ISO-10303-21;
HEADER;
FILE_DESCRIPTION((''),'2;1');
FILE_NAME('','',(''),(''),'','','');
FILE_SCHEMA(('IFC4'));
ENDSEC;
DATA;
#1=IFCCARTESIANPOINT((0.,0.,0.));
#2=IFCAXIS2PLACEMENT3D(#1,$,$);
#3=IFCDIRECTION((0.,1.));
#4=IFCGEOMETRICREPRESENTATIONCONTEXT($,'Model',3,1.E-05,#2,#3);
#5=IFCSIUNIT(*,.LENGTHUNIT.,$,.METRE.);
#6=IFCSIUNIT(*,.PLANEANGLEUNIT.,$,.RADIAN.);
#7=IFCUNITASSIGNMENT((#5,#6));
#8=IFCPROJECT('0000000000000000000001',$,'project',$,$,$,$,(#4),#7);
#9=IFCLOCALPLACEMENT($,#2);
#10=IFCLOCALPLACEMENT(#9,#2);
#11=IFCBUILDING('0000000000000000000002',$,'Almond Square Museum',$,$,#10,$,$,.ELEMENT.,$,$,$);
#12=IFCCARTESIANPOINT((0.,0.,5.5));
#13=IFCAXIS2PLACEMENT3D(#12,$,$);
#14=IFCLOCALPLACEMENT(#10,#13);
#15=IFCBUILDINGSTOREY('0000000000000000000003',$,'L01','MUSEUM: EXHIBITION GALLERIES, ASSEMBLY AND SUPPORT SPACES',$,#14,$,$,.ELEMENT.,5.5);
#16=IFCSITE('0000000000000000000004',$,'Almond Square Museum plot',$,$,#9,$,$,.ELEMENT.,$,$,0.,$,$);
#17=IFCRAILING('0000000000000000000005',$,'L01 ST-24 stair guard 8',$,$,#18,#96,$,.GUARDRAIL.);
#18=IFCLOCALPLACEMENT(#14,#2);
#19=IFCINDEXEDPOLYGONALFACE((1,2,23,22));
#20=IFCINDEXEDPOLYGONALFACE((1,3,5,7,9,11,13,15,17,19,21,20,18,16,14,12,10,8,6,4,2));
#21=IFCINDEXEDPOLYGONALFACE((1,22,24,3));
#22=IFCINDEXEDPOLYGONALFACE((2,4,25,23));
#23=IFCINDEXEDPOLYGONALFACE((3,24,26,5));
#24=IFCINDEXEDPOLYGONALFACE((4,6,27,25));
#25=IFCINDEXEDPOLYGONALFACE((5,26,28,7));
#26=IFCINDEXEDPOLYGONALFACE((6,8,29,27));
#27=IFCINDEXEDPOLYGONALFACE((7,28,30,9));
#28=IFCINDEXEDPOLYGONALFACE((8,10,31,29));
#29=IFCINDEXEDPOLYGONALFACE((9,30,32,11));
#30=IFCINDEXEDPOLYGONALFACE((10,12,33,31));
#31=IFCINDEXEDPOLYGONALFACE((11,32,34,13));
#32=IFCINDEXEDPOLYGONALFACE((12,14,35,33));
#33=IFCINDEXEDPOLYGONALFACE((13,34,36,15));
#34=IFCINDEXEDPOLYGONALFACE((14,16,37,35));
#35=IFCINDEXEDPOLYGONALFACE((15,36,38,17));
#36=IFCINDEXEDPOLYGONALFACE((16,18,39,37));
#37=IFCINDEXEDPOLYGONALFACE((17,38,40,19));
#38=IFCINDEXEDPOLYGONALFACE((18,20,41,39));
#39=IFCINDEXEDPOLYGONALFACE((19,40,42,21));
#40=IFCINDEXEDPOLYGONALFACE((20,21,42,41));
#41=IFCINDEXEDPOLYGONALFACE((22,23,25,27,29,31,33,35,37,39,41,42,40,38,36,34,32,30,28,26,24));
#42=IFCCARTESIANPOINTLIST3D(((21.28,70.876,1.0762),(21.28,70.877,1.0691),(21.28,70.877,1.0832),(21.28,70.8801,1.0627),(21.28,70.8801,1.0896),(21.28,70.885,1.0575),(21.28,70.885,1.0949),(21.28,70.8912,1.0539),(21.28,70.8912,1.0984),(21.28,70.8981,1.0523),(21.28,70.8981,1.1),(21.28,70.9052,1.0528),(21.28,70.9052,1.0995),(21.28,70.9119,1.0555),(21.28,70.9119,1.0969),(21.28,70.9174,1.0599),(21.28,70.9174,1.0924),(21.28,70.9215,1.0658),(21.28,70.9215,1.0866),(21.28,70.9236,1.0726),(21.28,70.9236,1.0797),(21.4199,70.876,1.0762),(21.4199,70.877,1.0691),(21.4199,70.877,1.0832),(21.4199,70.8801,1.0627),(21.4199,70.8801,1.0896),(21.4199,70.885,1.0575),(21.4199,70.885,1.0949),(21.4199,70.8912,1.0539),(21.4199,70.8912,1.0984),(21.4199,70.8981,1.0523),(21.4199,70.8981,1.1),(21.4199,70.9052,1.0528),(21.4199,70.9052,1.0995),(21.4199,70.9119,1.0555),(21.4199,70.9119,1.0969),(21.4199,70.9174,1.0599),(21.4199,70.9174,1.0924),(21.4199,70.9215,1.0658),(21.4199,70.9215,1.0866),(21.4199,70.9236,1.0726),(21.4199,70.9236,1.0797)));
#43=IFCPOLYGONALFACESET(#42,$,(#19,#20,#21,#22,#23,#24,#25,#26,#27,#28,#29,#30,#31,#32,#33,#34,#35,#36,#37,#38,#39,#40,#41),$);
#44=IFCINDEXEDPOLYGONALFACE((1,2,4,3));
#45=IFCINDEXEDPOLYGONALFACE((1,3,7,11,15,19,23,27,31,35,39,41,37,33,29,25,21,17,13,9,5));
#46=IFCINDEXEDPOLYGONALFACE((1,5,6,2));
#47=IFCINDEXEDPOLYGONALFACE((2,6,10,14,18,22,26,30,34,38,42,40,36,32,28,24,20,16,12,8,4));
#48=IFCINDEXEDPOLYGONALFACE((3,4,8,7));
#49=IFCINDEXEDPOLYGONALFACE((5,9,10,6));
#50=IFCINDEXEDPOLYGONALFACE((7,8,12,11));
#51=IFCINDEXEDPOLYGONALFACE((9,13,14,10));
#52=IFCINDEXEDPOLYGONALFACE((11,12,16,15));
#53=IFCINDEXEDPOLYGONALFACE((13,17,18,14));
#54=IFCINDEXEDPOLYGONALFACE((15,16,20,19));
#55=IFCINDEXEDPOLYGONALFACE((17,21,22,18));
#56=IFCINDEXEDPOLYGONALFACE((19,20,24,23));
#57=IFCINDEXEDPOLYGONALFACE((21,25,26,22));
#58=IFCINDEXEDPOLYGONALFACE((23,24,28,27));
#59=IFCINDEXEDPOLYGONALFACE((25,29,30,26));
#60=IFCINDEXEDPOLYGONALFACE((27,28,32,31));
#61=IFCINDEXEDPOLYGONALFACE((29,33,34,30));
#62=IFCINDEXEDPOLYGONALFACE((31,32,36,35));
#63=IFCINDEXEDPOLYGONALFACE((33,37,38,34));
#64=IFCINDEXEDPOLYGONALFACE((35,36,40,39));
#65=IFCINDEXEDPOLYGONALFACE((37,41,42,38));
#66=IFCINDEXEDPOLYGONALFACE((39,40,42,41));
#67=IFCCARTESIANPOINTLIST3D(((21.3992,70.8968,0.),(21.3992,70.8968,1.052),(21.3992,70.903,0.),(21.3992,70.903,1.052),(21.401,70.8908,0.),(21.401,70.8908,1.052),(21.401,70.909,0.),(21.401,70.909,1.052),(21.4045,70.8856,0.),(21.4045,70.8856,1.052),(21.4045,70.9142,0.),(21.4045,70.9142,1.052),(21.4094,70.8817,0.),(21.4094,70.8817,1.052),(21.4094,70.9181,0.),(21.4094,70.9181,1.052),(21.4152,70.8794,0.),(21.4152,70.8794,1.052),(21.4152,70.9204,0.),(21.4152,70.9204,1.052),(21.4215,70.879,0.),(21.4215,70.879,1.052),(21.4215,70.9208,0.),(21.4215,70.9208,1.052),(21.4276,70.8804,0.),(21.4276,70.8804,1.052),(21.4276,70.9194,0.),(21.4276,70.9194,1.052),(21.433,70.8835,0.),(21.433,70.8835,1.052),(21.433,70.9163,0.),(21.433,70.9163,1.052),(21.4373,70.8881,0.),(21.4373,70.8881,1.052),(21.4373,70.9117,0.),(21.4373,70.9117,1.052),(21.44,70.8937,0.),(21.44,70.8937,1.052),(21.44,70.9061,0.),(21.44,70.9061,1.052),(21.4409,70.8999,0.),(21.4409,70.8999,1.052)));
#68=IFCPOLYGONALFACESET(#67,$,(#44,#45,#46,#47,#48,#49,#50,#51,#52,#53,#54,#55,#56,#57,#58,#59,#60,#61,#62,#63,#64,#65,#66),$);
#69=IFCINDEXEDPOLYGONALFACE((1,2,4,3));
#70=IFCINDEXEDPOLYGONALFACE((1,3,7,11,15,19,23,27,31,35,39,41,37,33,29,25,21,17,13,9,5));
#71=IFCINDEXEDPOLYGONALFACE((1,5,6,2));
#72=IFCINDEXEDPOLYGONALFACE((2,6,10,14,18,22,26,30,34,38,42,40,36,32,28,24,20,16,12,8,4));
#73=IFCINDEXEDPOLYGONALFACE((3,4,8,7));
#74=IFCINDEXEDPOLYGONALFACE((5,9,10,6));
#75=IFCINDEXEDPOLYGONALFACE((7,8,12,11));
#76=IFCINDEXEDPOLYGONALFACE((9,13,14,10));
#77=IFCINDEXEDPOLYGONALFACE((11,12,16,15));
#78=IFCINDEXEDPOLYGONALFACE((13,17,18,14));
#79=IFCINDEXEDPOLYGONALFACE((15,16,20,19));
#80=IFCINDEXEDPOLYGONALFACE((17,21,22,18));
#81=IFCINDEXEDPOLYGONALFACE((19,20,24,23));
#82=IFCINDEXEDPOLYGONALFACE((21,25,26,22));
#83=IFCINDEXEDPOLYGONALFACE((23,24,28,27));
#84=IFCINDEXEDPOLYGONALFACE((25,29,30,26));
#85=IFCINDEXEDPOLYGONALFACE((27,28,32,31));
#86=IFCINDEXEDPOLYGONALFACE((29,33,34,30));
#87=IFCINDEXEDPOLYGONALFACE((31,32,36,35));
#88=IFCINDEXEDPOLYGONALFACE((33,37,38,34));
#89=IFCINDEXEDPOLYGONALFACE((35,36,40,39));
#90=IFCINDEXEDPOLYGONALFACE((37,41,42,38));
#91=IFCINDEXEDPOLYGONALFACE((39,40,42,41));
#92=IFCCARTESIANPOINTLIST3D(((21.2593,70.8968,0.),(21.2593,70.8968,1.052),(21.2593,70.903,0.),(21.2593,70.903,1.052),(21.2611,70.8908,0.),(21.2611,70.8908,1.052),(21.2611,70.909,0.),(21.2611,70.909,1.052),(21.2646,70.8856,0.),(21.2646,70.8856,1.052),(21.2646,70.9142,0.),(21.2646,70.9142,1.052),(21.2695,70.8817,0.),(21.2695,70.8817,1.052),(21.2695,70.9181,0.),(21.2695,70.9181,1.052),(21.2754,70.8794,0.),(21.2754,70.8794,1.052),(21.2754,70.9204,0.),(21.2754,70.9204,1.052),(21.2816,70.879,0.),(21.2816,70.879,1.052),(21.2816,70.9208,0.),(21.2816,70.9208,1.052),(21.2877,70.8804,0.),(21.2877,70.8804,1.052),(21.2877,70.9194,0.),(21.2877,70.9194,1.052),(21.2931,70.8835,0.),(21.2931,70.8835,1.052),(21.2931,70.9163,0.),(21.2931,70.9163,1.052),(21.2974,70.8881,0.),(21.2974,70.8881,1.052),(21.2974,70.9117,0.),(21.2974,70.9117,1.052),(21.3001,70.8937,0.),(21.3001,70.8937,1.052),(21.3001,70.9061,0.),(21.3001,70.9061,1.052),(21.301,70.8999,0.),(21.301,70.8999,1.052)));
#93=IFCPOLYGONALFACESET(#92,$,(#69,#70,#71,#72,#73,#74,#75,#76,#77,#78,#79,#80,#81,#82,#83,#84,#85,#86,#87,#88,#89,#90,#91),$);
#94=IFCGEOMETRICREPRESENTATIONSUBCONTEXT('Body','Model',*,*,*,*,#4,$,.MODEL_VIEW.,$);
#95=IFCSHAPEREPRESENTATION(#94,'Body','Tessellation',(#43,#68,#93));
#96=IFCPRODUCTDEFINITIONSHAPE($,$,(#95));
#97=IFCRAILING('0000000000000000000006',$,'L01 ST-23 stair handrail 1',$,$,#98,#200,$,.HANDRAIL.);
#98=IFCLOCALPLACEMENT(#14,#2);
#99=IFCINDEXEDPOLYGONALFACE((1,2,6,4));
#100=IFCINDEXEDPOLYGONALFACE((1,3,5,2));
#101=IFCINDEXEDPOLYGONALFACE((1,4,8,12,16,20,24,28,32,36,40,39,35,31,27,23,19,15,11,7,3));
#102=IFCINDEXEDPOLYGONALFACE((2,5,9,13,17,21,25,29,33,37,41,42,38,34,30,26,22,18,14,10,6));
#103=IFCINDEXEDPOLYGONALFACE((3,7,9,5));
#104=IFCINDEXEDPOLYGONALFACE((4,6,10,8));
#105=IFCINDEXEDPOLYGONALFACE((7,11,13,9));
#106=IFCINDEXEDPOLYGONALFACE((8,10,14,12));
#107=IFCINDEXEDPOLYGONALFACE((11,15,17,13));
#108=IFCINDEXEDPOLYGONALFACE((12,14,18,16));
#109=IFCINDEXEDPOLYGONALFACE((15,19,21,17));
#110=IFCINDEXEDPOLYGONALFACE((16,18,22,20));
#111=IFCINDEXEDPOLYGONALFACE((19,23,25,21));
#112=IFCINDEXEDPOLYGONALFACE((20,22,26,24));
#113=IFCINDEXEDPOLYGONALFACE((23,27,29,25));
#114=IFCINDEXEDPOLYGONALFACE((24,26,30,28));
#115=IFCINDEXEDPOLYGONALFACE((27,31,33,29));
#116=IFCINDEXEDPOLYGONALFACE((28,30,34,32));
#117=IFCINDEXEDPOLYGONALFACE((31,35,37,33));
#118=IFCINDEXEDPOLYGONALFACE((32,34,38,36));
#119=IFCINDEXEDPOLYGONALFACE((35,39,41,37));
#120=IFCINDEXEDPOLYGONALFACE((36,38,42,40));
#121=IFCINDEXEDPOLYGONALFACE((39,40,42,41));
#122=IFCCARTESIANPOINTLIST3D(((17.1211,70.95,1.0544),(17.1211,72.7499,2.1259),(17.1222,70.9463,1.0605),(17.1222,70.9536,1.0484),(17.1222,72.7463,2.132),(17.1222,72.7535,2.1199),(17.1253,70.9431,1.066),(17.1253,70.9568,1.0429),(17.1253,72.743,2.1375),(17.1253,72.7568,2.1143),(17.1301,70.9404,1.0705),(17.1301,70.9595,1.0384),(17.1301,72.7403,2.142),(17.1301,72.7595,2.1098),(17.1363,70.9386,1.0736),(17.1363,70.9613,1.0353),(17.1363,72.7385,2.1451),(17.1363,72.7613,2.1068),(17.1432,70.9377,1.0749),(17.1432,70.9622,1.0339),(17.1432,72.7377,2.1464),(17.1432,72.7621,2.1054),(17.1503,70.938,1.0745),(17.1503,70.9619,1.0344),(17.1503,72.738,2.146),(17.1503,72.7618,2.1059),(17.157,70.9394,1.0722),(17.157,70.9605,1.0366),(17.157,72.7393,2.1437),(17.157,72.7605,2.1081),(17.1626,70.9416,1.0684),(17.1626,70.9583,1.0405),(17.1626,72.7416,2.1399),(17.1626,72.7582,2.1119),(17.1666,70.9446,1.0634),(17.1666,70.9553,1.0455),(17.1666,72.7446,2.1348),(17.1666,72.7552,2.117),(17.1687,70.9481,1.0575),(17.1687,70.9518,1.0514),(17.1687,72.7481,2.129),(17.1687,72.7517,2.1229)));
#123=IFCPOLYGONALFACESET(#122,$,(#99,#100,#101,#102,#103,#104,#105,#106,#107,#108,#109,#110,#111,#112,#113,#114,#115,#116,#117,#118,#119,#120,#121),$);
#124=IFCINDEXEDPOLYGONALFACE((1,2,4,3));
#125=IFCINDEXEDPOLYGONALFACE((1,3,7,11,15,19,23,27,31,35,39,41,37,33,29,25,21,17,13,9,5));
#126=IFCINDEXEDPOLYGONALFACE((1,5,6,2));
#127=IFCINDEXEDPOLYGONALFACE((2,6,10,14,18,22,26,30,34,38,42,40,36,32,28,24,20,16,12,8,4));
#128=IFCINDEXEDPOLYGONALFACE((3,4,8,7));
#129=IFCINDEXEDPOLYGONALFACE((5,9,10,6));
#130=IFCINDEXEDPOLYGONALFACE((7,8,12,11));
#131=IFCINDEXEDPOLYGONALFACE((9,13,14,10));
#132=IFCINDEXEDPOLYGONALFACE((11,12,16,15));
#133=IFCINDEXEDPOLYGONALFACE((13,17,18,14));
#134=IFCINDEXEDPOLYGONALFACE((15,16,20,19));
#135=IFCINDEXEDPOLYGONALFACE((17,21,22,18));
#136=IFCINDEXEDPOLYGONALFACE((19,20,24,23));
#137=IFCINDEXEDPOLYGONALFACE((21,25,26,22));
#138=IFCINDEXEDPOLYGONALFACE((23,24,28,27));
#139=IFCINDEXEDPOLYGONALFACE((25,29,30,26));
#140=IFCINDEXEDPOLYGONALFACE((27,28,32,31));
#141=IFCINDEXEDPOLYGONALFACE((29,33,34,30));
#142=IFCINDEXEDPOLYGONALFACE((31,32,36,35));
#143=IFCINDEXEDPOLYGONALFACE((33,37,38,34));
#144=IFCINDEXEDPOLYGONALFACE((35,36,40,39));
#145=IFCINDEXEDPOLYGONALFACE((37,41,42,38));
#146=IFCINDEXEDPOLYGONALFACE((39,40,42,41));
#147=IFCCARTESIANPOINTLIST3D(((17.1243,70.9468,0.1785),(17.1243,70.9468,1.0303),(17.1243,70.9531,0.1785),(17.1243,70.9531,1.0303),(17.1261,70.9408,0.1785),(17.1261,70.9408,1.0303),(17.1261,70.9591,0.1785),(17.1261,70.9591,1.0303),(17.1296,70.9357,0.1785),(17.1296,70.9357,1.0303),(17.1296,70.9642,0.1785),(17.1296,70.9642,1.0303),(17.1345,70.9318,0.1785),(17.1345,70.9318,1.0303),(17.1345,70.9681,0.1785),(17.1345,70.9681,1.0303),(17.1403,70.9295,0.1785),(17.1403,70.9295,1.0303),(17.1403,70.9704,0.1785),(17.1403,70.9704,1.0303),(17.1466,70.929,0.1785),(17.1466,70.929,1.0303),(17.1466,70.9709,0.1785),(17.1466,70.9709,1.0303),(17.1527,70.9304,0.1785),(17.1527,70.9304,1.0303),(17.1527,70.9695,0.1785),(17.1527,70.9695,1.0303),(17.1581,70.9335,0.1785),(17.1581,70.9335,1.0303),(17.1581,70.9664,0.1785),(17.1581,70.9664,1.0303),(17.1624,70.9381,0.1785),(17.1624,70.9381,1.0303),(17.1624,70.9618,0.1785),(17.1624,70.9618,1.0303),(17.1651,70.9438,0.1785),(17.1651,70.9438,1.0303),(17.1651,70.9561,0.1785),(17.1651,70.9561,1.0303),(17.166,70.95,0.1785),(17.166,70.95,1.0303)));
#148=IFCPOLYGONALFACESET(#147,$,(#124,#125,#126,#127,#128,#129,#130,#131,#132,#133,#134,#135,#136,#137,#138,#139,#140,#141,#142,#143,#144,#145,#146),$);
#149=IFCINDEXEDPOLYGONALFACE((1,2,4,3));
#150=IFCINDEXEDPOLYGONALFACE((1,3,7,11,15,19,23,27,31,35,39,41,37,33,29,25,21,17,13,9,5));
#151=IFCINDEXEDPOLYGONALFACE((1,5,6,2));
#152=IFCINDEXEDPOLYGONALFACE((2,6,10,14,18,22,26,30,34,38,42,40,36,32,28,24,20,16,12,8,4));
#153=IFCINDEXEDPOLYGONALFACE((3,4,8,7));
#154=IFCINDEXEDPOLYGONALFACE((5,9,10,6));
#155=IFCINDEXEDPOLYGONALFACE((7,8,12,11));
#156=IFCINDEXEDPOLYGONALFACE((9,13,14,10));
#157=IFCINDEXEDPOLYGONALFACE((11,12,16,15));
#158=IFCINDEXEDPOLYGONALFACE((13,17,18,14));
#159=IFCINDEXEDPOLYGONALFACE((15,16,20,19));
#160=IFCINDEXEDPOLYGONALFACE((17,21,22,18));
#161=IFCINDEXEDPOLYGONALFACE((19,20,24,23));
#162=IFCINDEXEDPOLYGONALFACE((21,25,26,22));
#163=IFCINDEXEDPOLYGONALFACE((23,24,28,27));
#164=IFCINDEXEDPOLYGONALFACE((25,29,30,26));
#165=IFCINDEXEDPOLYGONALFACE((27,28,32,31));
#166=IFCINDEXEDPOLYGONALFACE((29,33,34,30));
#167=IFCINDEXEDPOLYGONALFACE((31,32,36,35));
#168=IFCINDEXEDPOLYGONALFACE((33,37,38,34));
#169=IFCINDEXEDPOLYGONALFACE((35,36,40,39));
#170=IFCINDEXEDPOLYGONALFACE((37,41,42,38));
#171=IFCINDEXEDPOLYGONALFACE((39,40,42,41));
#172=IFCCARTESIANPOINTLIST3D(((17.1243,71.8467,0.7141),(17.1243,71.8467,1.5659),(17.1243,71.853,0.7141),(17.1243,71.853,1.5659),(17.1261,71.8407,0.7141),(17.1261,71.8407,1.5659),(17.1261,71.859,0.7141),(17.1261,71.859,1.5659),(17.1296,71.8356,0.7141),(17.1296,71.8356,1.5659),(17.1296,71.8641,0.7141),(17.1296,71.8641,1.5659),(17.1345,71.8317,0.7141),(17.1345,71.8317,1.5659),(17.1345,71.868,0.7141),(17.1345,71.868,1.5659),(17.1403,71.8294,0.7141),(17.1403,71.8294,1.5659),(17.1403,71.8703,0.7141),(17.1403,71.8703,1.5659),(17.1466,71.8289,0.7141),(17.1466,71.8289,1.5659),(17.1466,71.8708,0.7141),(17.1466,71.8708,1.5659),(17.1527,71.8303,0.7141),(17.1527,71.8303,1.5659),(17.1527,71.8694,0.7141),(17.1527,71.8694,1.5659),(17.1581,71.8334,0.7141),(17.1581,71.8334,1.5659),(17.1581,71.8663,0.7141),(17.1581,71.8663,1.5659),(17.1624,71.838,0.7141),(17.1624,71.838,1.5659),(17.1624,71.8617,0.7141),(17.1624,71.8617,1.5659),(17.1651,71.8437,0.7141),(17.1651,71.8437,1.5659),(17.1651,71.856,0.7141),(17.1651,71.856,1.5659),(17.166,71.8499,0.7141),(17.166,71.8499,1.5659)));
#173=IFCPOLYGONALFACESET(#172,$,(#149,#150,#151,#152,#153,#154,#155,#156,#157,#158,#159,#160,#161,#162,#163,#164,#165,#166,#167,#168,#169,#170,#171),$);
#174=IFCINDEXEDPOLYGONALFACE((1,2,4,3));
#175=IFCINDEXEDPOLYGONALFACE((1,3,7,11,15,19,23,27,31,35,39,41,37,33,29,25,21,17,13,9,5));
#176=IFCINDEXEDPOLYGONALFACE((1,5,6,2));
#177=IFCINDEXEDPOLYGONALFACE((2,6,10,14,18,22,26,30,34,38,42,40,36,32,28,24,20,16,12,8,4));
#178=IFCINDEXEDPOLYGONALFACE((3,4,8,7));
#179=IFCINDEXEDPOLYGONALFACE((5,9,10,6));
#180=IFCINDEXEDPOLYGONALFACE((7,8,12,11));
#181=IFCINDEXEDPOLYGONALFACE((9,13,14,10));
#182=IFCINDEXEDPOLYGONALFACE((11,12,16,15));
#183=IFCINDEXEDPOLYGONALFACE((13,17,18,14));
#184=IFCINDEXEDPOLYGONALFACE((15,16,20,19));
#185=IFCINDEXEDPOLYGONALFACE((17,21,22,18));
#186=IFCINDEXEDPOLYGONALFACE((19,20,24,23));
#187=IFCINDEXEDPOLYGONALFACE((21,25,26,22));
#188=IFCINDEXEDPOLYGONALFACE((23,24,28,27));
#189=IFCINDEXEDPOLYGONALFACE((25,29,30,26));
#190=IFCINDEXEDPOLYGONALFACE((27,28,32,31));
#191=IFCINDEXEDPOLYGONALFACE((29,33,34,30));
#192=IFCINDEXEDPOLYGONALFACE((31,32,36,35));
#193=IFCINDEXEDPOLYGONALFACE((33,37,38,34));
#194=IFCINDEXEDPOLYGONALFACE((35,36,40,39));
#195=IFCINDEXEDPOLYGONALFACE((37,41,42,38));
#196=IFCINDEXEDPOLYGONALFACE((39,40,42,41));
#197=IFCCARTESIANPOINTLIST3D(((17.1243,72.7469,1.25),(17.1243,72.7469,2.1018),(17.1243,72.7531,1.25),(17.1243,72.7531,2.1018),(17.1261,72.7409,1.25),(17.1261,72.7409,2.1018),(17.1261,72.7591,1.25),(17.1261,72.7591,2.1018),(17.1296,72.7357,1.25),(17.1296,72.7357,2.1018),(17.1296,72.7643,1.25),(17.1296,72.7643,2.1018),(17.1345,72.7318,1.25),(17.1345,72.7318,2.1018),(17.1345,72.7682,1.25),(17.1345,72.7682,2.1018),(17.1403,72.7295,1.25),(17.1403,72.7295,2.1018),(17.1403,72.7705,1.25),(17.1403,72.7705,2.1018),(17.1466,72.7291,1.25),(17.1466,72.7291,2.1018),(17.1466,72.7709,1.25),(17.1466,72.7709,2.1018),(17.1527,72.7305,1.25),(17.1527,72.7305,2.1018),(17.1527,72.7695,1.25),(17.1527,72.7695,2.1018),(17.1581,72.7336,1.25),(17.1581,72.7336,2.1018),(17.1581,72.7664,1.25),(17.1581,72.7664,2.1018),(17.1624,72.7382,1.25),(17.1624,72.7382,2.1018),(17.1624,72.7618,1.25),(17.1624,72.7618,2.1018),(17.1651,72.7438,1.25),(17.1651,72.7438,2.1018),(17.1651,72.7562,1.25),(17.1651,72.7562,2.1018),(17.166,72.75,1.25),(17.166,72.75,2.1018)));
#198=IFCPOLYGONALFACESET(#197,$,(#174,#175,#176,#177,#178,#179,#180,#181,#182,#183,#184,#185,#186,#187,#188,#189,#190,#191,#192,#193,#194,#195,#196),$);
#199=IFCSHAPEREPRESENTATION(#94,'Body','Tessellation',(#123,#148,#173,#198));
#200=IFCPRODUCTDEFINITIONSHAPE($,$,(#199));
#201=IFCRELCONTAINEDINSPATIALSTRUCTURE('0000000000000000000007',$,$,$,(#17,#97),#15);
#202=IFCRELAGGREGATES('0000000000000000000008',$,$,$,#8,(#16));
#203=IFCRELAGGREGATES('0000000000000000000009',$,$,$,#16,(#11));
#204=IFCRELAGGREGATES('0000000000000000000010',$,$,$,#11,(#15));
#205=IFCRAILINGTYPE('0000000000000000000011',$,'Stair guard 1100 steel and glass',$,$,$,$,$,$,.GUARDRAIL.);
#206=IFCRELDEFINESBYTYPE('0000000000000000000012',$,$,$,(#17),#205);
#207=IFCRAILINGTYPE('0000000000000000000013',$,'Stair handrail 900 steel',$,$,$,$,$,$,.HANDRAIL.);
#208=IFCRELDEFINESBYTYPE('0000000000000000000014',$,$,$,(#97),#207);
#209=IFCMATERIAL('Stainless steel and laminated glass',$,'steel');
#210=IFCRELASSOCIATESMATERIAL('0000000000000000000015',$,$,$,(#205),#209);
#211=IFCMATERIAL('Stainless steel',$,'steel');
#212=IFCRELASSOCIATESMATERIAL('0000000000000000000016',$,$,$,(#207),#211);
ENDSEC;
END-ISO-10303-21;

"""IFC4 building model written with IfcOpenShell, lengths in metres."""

from ifc_helpers import new_model, si_unit, direction, frame, origin, origin_2d, place, context, subcontext, project, spatial, circle, extrude, material, type_object, element, save


model = new_model("IFC4")

# Units and contexts
model_context = context("Model", 3, precision=1e-05, world=origin(), true_north=direction((0.0, 1.0)))
body_context = subcontext(model_context, "Body", "Model", "MODEL_VIEW")
ifc_project = project(units=[si_unit("LENGTHUNIT", "METRE"), si_unit("PLANEANGLEUNIT", "RADIAN")], contexts=[model_context])

# Site, building, storey
site_placement = place(None, origin())
site = spatial("IfcSite", under=ifc_project, at=site_placement, Name="Almond Square Museum plot", CompositionType="ELEMENT", RefElevation=0.0)
building_placement = place(site_placement, origin())
building = spatial("IfcBuilding", under=site, at=building_placement, Name="Almond Square Museum", CompositionType="ELEMENT")
storey_placement = place(building_placement, frame((0.0, 0.0, 5.5)))
storey = spatial("IfcBuildingStorey", under=building, at=storey_placement, Name="L01", Description="MUSEUM: EXHIBITION GALLERIES, ASSEMBLY AND SUPPORT SPACES", CompositionType="ELEMENT", Elevation=5.5)

# Railings
ifc_material_1 = material(Name="Stainless steel and laminated glass", Category="steel")
railing_type_1 = type_object("IfcRailingType", Name="Stair guard 1100 steel and glass", PredefinedType="GUARDRAIL", material=ifc_material_1)
railing_1_placement = place(storey_placement, frame((21.4199, 70.8999, 0.0)))
element("IfcRailing", 1, at=railing_1_placement, inside=storey, type_object=railing_type_1, Name="L01 ST-24 stair guard 8", PredefinedType="GUARDRAIL", context=body_context, shape_type="SweptSolid", body=[
    extrude(circle(Radius=0.0239, at=origin_2d()), frame((0.0, 0.0, 1.0762), z_axis=(-1.0, 0.0, 0.0), x_axis=(0.0, -1.0, 0.0)), (0.0, 0.0, 1.0), 0.1399),
    extrude(circle(Radius=0.021, at=origin_2d()), origin(), (0.0, 0.0, 1.0), 1.052),
    extrude(circle(Radius=0.021, at=origin_2d()), frame((-0.1399, 0.0, 0.0)), (0.0, 0.0, 1.0), 1.052),
])
ifc_material_2 = material(Name="Stainless steel", Category="steel")
railing_type_2 = type_object("IfcRailingType", Name="Stair handrail 900 steel", PredefinedType="HANDRAIL", material=ifc_material_2)
for number, where, name in (
    (2, (17.145, 70.95, 0.1785), "L01 ST-23 stair handrail 1"),
):
    element("IfcRailing", number, at=place(storey_placement, frame(where)), inside=storey, type_object=railing_type_2, Name=name, PredefinedType="HANDRAIL", context=body_context, shape_type="SweptSolid", body=[
        extrude(circle(Radius=0.0239, at=origin_2d()), frame((0.0, 0.0, 0.876), z_axis=(0.0, 0.859277, 0.51151), x_axis=(-1.0, 0.0, 0.0)), (0.0, 0.0, 1.0), 2.0947),
        extrude(circle(Radius=0.021, at=origin_2d()), origin(), (0.0, 0.0, 1.0), 0.8518),
        extrude(circle(Radius=0.021, at=origin_2d()), frame((0.0, 0.8999, 0.5356)), (0.0, 0.0, 1.0), 0.8518),
        extrude(circle(Radius=0.021, at=origin_2d()), frame((0.0, 1.8, 1.0715)), (0.0, 0.0, 1.0), 0.8518),
    ])

save(model, "model.ifc")
